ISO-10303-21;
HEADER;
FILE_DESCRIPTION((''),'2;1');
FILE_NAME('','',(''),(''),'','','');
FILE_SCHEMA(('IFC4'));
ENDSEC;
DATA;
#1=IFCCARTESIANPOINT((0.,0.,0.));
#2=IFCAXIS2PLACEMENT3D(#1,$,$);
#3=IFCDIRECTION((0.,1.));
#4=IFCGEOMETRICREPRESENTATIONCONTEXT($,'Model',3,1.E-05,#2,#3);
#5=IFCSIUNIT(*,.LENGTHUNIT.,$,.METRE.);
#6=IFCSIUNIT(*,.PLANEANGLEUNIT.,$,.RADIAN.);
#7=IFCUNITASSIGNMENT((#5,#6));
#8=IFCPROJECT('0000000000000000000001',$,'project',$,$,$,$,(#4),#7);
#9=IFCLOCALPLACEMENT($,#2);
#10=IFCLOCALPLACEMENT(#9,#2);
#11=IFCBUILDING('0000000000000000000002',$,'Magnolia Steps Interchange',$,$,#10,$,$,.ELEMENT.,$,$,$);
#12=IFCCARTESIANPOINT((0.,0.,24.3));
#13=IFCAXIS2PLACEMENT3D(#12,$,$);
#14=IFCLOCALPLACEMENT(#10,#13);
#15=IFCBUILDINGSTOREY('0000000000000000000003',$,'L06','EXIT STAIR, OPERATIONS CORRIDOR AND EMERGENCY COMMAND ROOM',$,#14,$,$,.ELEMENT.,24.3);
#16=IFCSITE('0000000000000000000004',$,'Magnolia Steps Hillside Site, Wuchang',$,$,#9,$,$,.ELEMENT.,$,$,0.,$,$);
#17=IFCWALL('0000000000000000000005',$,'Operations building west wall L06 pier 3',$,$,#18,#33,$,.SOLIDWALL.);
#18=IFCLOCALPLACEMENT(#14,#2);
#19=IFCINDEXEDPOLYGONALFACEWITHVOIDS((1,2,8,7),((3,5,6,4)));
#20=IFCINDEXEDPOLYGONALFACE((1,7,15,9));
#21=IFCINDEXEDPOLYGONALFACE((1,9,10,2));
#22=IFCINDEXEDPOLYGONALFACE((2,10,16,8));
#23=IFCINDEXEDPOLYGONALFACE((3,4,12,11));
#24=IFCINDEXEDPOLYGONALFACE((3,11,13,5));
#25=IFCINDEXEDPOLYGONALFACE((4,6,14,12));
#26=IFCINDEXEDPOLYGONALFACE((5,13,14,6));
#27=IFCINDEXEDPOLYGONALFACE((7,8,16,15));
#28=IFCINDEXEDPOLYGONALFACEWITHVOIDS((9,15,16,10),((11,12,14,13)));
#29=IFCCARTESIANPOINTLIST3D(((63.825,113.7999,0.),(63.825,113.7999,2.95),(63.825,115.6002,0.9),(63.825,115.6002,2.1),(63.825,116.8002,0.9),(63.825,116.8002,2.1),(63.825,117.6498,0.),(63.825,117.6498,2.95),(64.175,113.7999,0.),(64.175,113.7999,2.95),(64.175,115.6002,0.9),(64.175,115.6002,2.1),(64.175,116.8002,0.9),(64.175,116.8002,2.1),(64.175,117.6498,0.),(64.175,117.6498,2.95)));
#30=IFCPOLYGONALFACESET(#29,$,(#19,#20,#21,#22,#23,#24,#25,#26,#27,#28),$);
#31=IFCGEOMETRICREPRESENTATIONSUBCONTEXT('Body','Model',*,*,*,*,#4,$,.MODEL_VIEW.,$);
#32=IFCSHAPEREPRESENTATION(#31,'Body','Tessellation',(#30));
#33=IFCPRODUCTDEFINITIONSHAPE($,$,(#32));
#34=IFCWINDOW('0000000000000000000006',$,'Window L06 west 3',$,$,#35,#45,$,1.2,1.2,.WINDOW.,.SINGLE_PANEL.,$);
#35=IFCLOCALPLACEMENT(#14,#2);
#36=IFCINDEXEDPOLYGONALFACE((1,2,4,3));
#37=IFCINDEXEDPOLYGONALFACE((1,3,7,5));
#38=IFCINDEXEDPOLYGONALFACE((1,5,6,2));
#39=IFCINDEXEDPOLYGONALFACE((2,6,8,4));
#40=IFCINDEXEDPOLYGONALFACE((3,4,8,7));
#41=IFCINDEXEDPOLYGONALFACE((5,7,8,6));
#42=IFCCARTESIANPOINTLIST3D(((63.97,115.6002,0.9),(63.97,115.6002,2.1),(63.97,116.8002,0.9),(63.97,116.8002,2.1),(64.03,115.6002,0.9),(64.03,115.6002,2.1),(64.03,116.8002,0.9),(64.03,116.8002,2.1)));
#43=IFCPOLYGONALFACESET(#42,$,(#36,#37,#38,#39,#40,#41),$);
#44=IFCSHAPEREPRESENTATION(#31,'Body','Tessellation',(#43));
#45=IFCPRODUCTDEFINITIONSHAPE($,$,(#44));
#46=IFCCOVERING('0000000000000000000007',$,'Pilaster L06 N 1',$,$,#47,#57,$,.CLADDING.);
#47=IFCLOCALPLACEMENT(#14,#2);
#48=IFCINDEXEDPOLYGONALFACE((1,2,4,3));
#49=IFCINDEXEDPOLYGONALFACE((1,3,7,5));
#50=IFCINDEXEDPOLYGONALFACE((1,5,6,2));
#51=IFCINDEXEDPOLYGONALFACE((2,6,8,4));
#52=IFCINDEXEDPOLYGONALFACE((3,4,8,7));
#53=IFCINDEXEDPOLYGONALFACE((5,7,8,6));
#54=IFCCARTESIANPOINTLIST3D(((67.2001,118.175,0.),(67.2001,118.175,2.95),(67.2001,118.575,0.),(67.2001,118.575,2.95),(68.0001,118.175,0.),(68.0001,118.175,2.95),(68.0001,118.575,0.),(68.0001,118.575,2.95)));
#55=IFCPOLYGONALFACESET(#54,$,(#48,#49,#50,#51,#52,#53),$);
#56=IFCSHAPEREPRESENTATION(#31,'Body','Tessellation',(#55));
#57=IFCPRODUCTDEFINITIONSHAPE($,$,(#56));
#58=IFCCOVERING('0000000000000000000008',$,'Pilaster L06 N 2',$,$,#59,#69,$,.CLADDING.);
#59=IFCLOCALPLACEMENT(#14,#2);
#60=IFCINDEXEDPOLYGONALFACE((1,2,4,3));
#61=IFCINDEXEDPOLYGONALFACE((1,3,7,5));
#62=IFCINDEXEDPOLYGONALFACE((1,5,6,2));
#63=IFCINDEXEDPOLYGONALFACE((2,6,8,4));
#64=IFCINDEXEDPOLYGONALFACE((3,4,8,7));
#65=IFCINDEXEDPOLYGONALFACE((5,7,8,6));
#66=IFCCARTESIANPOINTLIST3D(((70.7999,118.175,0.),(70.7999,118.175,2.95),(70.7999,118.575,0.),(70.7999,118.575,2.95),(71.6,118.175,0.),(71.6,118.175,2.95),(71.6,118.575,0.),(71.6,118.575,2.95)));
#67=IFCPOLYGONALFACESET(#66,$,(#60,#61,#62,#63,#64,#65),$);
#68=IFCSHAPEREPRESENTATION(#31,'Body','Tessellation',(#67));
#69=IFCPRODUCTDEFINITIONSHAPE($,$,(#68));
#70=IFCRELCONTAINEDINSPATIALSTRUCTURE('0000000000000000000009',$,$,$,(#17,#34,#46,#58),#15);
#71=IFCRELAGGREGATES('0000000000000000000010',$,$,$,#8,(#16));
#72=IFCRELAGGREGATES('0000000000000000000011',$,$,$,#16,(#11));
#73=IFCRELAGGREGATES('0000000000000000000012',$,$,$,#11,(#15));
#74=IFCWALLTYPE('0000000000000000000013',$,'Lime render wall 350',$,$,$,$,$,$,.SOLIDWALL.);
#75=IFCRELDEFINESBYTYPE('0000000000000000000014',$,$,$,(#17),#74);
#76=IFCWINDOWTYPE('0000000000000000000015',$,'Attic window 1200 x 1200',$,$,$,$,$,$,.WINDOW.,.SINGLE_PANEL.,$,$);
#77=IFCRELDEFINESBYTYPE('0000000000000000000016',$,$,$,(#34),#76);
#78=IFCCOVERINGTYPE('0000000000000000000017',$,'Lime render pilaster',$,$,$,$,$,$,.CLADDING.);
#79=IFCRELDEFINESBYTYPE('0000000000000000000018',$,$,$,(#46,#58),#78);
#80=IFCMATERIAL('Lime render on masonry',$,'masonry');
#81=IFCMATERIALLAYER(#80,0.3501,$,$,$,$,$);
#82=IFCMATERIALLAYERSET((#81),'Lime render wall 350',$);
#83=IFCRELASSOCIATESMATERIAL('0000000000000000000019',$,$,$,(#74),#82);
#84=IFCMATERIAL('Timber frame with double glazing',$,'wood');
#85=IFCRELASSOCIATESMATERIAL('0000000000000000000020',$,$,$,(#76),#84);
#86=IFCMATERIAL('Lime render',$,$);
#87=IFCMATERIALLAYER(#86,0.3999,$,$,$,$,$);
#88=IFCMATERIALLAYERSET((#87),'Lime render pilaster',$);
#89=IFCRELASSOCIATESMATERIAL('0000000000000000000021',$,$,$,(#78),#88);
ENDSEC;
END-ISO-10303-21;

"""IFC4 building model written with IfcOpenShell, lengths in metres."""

from ifc_helpers import new_model, si_unit, direction, frame, frame_2d, origin, origin_2d, place, context, subcontext, project, spatial, rectangle, extrude, material, layer, layer_set, type_object, element, fill, save


model = new_model("IFC4")

# Units and contexts
model_context = context("Model", 3, precision=1e-05, world=origin(), true_north=direction((0.0, 1.0)))
body_context = subcontext(model_context, "Body", "Model", "MODEL_VIEW")
ifc_project = project(units=[si_unit("LENGTHUNIT", "METRE"), si_unit("PLANEANGLEUNIT", "RADIAN")], contexts=[model_context])

# Site, building, storey
site_placement = place(None, origin())
site = spatial("IfcSite", under=ifc_project, at=site_placement, Name="Magnolia Steps Hillside Site, Wuchang", CompositionType="ELEMENT", RefElevation=0.0)
building_placement = place(site_placement, origin())
building = spatial("IfcBuilding", under=site, at=building_placement, Name="Magnolia Steps Interchange", CompositionType="ELEMENT")
storey_placement = place(building_placement, frame((0.0, 0.0, 24.3)))
storey = spatial("IfcBuildingStorey", under=building, at=storey_placement, Name="L06", Description="EXIT STAIR, OPERATIONS CORRIDOR AND EMERGENCY COMMAND ROOM", CompositionType="ELEMENT", Elevation=24.3)

# Shared definitions
ifc_material_1 = material(Name="Lime render on masonry", Category="masonry")
ifc_layer_1 = layer(ifc_material_1, 0.3501)
ifc_layer_set_1 = layer_set([ifc_layer_1], Name="Lime render wall 350")
wall_type = type_object("IfcWallType", Name="Lime render wall 350", PredefinedType="SOLIDWALL", material=ifc_layer_set_1)
ifc_material_2 = material(Name="Timber frame with double glazing", Category="wood")
window_type = type_object("IfcWindowType", Name="Attic window 1200 x 1200", PartitioningType="SINGLE_PANEL", PredefinedType="WINDOW", material=ifc_material_2)

# Wall, opening, window
wall_1_placement = place(storey_placement, frame((64.0, 113.8, 0.0), z_axis=(0.0, 0.0, 1.0), x_axis=(0.0, 1.0, 0.0)))
wall_1 = element("IfcWall", 1, at=wall_1_placement, inside=storey, type_object=wall_type, Name="Operations building west wall L06 pier 3", PredefinedType="SOLIDWALL", context=body_context, shape_type="SweptSolid", body=[
    extrude(rectangle(XDim=3.8499, YDim=0.3501, at=frame_2d((1.9248, 0.0))), origin(), (0.0, 0.0, 1.0), 2.95),
])
opening_1_placement = place(wall_1_placement, frame((1.8, 0.0, 0.8999)))
opening_1 = element("IfcOpeningElement", 2, at=opening_1_placement, cuts=wall_1, PredefinedType="OPENING", context=body_context, shape_type="SweptSolid", body=[
    extrude(rectangle(XDim=1.2, YDim=1.2, at=frame_2d((0.6001, 0.6001))), frame((0.0, 0.1851, 0.0), z_axis=(0.0, -1.0, 0.0), x_axis=(1.0, 0.0, 0.0)), (0.0, 0.0, 1.0), 0.3701),
])
window_1_placement = place(opening_1_placement, origin())
window_1 = element("IfcWindow", 3, at=window_1_placement, inside=storey, type_object=window_type, Name="Window L06 west 3", OverallHeight=1.2, OverallWidth=1.2, PartitioningType="SINGLE_PANEL", PredefinedType="WINDOW", context=body_context, shape_type="SweptSolid", body=[
    extrude(rectangle(XDim=1.2, YDim=1.2, at=frame_2d((0.6001, 0.6001))), frame((0.0, 0.03, 0.0), z_axis=(0.0, -1.0, 0.0), x_axis=(1.0, 0.0, 0.0)), (0.0, 0.0, 1.0), 0.0601),
])
fill(opening_1, window_1)

# Coverings
ifc_material_3 = material(Name="Lime render")
ifc_layer_2 = layer(ifc_material_3, 0.3999)
ifc_layer_set_2 = layer_set([ifc_layer_2], Name="Lime render pilaster")
covering_type_1 = type_object("IfcCoveringType", Name="Lime render pilaster", PredefinedType="CLADDING", material=ifc_layer_set_2)
for number, where, z_axis, x_axis, name in (
    (4, (67.6001, 118.375, 0.0), (0.0, 0.0, 1.0), (1.0, 0.0, 0.0), "Pilaster L06 N 1"),
    (5, (71.2, 118.375, 0.0), (0.0, 0.0, 1.0), (1.0, 0.0, 0.0), "Pilaster L06 N 2"),
):
    element("IfcCovering", number, at=place(storey_placement, frame(where, z_axis=z_axis, x_axis=x_axis)), inside=storey, type_object=covering_type_1, Name=name, PredefinedType="CLADDING", context=body_context, shape_type="SweptSolid", body=[
        extrude(rectangle(XDim=0.8, YDim=0.3999, at=origin_2d()), origin(), (0.0, 0.0, 1.0), 2.95),
    ])

save(model, "model.ifc")
